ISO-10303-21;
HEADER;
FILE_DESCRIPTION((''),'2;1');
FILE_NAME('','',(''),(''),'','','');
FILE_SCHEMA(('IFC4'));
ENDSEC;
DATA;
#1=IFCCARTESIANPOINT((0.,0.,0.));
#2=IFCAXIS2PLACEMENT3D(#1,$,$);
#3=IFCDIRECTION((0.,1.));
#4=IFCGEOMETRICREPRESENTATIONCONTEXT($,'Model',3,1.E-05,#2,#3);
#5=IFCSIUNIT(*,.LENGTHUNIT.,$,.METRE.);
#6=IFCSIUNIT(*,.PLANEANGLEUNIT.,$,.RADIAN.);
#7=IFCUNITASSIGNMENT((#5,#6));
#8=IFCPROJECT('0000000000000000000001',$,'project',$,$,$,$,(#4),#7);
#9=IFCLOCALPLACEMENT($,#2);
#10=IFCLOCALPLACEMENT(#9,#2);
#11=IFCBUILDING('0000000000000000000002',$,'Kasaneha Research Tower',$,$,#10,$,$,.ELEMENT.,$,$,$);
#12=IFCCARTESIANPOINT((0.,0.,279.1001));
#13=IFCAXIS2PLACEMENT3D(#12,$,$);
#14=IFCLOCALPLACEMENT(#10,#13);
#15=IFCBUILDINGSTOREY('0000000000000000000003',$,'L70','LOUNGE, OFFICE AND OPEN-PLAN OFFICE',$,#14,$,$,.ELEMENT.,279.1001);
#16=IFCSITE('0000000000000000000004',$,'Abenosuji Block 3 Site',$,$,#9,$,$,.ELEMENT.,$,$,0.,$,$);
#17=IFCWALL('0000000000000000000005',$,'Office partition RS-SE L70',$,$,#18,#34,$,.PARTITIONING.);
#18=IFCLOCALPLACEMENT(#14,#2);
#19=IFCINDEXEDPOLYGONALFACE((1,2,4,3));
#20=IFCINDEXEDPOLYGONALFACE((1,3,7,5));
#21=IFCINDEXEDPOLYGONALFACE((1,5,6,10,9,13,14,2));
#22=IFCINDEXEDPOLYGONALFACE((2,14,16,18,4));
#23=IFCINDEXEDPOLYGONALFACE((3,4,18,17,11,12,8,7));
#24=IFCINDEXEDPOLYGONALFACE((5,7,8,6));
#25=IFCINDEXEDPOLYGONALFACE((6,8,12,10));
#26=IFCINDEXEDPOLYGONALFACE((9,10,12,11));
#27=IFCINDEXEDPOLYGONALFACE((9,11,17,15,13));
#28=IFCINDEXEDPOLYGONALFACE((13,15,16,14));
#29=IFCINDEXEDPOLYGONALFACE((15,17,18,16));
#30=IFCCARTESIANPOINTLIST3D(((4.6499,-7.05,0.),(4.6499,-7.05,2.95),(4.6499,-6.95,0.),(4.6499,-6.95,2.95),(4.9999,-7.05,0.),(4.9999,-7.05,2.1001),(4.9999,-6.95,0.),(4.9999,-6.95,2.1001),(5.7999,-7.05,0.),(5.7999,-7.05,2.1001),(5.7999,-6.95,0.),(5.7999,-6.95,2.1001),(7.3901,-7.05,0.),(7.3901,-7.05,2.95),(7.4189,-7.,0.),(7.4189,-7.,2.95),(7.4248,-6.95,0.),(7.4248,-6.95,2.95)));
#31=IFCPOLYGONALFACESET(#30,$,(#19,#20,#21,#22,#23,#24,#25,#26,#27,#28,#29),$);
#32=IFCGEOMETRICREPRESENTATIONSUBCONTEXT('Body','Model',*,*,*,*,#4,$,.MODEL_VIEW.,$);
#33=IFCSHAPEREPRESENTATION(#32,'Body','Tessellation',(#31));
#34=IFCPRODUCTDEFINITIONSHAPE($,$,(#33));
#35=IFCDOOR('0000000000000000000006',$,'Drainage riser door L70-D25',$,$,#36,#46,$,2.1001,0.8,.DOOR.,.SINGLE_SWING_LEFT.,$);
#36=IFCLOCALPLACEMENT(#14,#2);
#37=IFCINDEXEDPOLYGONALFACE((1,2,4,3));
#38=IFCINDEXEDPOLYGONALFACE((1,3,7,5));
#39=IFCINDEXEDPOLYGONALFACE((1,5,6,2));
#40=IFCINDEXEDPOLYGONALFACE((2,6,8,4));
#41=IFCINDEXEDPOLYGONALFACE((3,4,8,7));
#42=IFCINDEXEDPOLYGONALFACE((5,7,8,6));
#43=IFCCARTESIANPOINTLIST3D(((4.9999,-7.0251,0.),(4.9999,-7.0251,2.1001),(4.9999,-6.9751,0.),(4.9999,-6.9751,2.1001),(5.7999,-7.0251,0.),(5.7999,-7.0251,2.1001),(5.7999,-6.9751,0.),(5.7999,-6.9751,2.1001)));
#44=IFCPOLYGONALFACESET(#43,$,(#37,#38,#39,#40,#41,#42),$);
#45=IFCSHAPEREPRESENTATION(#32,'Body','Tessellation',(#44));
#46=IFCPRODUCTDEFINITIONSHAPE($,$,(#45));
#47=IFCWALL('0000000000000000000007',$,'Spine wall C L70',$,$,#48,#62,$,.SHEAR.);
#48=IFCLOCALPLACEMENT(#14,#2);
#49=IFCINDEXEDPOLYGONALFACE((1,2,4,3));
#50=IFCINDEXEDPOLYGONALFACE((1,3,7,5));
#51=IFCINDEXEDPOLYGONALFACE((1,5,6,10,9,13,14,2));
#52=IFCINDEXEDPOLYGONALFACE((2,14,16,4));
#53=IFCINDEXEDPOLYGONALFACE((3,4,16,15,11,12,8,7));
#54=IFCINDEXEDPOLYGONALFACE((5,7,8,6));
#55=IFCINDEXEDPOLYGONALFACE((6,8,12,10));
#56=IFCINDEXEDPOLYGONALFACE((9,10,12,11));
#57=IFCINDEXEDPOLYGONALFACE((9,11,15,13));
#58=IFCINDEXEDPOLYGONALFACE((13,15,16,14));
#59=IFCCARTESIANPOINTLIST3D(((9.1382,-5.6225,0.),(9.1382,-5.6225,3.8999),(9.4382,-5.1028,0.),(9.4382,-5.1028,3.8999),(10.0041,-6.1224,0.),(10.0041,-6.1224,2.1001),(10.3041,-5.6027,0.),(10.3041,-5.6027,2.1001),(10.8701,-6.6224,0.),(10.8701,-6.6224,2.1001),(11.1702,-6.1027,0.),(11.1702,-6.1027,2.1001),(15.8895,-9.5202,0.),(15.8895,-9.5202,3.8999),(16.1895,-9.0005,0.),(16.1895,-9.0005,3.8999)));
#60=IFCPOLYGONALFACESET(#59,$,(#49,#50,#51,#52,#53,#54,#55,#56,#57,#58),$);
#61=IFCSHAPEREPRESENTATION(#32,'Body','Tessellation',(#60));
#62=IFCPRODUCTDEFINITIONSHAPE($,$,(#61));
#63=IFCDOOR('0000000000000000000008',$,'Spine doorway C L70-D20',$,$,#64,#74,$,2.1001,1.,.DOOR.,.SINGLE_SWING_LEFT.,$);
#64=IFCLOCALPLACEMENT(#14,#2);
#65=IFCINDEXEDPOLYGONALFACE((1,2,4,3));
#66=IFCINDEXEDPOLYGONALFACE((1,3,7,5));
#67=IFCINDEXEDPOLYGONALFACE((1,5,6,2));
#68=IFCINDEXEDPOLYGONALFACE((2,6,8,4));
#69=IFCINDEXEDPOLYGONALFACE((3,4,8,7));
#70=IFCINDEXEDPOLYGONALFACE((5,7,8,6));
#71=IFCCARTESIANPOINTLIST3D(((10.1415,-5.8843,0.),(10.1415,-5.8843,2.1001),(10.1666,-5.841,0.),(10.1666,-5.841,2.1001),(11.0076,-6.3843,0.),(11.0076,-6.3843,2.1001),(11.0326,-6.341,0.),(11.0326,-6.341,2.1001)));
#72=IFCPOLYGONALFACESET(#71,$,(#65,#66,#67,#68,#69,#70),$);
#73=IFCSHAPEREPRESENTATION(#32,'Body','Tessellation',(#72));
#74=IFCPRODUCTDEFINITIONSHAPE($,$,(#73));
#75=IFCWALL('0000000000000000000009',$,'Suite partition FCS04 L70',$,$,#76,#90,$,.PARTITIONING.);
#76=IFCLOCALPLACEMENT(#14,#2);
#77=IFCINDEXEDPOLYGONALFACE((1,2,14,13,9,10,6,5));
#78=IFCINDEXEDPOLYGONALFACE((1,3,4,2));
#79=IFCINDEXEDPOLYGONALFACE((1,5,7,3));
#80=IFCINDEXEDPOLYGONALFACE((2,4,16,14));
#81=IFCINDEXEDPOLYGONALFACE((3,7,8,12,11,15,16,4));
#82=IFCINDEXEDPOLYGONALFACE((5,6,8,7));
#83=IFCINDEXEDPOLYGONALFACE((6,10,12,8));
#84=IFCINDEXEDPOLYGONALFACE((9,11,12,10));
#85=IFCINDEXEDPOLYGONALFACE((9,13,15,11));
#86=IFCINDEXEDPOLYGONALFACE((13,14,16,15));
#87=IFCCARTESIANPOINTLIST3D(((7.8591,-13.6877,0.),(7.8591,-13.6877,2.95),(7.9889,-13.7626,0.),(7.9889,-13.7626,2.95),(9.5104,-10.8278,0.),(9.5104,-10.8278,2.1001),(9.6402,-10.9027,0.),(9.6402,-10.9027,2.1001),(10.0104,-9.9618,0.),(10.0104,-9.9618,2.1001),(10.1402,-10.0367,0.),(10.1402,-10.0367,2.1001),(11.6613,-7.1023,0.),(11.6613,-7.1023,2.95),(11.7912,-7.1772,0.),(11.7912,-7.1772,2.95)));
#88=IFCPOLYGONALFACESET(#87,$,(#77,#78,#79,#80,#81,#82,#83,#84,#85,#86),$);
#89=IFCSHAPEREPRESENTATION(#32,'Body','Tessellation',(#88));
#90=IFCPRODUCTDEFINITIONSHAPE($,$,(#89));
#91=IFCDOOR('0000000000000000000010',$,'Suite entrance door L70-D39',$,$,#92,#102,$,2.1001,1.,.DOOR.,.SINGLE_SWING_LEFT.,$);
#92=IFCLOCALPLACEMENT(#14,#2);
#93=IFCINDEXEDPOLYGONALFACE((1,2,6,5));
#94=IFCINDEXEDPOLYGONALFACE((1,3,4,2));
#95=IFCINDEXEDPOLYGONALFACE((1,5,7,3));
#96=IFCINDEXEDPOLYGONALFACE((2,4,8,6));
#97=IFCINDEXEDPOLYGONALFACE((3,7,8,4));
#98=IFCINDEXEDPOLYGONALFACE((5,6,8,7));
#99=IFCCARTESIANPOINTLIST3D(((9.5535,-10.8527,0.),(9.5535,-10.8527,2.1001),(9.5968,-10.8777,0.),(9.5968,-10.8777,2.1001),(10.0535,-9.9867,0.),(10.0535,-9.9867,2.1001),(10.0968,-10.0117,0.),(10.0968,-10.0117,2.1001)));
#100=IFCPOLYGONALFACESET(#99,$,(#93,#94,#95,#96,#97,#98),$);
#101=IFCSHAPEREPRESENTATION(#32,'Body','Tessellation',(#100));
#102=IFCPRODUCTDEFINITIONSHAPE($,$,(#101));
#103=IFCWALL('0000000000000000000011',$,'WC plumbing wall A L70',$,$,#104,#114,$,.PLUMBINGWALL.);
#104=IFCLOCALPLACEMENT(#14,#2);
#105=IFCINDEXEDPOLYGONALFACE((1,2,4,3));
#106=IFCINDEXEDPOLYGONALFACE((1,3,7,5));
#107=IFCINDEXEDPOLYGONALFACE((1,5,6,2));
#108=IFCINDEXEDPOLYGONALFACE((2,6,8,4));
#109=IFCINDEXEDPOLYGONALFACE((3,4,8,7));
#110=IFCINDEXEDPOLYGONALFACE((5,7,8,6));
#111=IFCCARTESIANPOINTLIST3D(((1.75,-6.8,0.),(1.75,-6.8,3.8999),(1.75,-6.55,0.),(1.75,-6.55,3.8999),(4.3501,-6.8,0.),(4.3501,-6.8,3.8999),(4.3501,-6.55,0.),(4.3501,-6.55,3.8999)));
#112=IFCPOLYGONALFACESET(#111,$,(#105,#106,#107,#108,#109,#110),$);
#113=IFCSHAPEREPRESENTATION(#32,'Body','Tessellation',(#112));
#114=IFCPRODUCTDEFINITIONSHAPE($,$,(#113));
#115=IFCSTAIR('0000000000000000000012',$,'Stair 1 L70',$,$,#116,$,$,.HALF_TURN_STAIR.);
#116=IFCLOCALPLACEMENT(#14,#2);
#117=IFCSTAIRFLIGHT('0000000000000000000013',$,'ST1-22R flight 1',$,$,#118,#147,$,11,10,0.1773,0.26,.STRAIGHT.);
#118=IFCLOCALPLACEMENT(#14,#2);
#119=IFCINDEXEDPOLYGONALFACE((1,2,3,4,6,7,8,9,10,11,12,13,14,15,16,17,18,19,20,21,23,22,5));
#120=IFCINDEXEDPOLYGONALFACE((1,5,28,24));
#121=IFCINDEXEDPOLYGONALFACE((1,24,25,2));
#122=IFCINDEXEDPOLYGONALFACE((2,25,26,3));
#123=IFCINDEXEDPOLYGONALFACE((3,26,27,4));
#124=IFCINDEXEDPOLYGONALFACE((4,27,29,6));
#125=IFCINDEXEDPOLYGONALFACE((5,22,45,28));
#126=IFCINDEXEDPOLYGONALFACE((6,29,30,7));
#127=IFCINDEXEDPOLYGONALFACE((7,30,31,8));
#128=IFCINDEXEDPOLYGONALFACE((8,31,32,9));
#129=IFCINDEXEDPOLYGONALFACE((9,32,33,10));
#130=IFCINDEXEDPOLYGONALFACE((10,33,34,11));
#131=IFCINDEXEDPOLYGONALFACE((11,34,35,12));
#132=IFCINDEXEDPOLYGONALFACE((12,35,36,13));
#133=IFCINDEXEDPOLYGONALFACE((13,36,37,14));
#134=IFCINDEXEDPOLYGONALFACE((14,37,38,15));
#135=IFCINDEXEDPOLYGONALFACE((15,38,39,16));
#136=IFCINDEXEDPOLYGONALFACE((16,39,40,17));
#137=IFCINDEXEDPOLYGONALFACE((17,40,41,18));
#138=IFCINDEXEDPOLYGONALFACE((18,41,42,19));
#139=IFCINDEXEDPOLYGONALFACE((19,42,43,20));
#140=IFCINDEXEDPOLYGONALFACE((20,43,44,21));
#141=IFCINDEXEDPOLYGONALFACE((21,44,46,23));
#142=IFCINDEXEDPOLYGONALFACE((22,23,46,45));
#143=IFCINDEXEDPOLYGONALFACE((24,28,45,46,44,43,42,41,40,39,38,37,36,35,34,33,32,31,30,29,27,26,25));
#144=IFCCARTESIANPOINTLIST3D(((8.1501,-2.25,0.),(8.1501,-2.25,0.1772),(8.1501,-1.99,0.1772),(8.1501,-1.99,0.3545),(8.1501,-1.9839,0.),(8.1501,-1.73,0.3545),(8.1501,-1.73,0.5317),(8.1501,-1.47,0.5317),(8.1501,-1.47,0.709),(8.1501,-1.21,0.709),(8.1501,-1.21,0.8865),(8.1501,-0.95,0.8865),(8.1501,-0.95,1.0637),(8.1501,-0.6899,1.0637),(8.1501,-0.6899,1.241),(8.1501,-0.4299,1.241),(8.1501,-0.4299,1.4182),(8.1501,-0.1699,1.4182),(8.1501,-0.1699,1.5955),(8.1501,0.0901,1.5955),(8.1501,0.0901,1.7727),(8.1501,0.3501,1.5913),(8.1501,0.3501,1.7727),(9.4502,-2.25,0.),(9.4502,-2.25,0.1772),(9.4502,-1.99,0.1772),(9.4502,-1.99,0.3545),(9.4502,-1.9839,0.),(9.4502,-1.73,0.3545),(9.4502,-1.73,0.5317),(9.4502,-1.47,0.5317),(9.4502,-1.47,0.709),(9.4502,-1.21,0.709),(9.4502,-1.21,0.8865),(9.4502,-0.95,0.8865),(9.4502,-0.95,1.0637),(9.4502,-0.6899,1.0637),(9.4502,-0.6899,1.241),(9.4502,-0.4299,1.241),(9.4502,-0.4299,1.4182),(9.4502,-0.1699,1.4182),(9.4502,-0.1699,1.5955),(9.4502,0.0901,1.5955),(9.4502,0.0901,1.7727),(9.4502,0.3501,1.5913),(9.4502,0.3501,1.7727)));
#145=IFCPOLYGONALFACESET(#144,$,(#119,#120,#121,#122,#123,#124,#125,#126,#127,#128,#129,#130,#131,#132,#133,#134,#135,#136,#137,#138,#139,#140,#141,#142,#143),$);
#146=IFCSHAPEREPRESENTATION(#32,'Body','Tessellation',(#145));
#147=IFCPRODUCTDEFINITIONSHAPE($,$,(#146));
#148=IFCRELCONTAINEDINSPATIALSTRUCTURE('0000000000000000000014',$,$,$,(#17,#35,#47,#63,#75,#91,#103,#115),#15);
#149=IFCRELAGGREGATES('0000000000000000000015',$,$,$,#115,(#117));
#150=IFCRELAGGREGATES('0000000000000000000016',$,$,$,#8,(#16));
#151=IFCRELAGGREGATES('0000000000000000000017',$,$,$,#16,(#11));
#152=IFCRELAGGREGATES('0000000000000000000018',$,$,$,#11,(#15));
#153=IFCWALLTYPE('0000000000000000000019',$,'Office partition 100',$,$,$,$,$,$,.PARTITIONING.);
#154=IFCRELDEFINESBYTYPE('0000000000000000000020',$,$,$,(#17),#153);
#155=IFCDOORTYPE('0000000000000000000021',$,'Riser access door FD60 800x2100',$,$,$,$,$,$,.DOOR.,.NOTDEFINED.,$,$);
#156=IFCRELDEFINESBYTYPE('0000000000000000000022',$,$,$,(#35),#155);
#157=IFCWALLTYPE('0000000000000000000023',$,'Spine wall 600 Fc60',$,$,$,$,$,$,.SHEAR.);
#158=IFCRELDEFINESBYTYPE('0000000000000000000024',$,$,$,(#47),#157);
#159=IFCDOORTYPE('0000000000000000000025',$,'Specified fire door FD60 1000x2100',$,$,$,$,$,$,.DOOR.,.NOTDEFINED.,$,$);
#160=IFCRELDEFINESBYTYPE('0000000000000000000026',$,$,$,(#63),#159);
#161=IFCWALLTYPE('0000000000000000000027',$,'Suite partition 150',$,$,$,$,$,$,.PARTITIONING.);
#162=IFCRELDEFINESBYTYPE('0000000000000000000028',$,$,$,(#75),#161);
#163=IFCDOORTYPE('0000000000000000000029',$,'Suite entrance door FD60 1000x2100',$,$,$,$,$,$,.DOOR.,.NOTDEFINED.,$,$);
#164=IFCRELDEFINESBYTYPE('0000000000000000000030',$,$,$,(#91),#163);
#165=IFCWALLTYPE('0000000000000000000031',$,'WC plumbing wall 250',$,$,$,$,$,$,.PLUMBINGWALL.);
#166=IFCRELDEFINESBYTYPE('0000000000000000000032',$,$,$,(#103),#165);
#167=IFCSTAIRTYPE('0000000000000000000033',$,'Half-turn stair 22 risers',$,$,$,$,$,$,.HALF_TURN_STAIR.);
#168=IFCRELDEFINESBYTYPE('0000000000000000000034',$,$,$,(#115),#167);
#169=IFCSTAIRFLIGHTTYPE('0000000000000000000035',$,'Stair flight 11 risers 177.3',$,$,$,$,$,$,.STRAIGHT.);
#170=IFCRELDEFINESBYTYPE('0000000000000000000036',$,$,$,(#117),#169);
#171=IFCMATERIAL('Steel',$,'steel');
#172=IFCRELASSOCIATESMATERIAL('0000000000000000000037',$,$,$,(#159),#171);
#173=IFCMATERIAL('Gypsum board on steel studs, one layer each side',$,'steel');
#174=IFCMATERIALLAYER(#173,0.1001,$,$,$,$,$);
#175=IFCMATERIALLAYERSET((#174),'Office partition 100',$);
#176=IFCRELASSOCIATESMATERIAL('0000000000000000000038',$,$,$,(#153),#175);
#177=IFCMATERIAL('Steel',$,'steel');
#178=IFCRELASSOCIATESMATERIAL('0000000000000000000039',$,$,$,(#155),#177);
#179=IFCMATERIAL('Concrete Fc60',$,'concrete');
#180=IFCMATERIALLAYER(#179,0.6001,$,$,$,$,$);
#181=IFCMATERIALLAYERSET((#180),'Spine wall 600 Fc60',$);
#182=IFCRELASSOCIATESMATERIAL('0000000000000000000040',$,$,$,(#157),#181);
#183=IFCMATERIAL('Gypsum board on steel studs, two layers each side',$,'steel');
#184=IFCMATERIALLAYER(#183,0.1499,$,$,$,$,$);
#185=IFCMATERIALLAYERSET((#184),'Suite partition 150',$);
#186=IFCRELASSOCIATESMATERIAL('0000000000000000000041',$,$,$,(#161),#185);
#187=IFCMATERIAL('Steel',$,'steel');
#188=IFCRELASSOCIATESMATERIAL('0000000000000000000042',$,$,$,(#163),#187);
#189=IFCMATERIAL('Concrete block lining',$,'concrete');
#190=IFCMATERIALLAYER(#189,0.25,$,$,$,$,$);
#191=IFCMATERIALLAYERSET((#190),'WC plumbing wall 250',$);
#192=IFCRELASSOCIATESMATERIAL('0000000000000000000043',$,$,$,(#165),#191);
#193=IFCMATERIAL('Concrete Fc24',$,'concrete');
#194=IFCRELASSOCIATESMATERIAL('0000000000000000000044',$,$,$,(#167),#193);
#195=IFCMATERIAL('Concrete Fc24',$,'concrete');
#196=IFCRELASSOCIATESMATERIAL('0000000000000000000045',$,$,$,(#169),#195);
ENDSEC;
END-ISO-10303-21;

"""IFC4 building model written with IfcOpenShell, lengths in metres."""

from ifc_helpers import new_model, si_unit, direction, frame, frame_2d, origin, place, context, subcontext, project, spatial, polyline, rectangle, outline, extrude, material, layer, layer_set, type_object, element, fill, aggregate, save


model = new_model("IFC4")

# Units and contexts
model_context = context("Model", 3, precision=1e-05, world=origin(), true_north=direction((0.0, 1.0)))
body_context = subcontext(model_context, "Body", "Model", "MODEL_VIEW")
ifc_project = project(units=[si_unit("LENGTHUNIT", "METRE"), si_unit("PLANEANGLEUNIT", "RADIAN")], contexts=[model_context])

# Site, building, storey
site_placement = place(None, origin())
site = spatial("IfcSite", under=ifc_project, at=site_placement, Name="Abenosuji Block 3 Site", CompositionType="ELEMENT", RefElevation=0.0)
building_placement = place(site_placement, origin())
building = spatial("IfcBuilding", under=site, at=building_placement, Name="Kasaneha Research Tower", CompositionType="ELEMENT")
storey_placement = place(building_placement, frame((0.0, 0.0, 279.1001)))
storey = spatial("IfcBuildingStorey", under=building, at=storey_placement, Name="L70", Description="LOUNGE, OFFICE AND OPEN-PLAN OFFICE", CompositionType="ELEMENT", Elevation=279.1001)

# Shared definitions
ifc_material_1 = material(Name="Steel", Category="steel")
door_type_1 = type_object("IfcDoorType", Name="Specified fire door FD60 1000x2100", OperationType="NOTDEFINED", PredefinedType="DOOR", material=ifc_material_1)

# Walls, openings, doors
ifc_material_2 = material(Name="Gypsum board on steel studs, one layer each side", Category="steel")
ifc_layer_1 = layer(ifc_material_2, 0.1001)
ifc_layer_set_1 = layer_set([ifc_layer_1], Name="Office partition 100")
wall_type_1 = type_object("IfcWallType", Name="Office partition 100", PredefinedType="PARTITIONING", material=ifc_layer_set_1)
wall_1_placement = place(storey_placement, frame((4.6499, -7.0, 0.0), z_axis=(0.0, 0.0, 1.0), x_axis=(1.0, 0.0, 0.0)))
wall_1 = element("IfcWall", 1, at=wall_1_placement, inside=storey, type_object=wall_type_1, Name="Office partition RS-SE L70", PredefinedType="PARTITIONING", context=body_context, shape_type="SweptSolid", body=[
    extrude(outline(polyline([(0.0, -0.05), (0.3501, -0.05), (1.1501, -0.05), (2.7402, -0.05), (2.769, 0.0), (2.7749, 0.05), (1.1501, 0.05), (0.3501, 0.05), (0.0, 0.05), (0.0, -0.05)])), origin(), (0.0, 0.0, 1.0), 2.95),
])
opening_1_placement = place(wall_1_placement, frame((0.3501, 0.0, 0.0)))
opening_1 = element("IfcOpeningElement", 2, at=opening_1_placement, cuts=wall_1, PredefinedType="OPENING", context=body_context, shape_type="SweptSolid", body=[
    extrude(rectangle(XDim=0.8, YDim=2.1001, at=frame_2d((0.3999, 1.05))), frame((0.0, 0.0601, 0.0), z_axis=(0.0, -1.0, 0.0), x_axis=(1.0, 0.0, 0.0)), (0.0, 0.0, 1.0), 0.1201),
])
ifc_material_3 = material(Name="Steel", Category="steel")
door_type_2 = type_object("IfcDoorType", Name="Riser access door FD60 800x2100", OperationType="NOTDEFINED", PredefinedType="DOOR", material=ifc_material_3)
door_1_placement = place(opening_1_placement, origin())
door_1 = element("IfcDoor", 3, at=door_1_placement, inside=storey, type_object=door_type_2, Name="Drainage riser door L70-D25", OperationType="SINGLE_SWING_LEFT", OverallHeight=2.1001, OverallWidth=0.8, PredefinedType="DOOR", context=body_context, shape_type="SweptSolid", body=[
    extrude(rectangle(XDim=0.8, YDim=2.1001, at=frame_2d((0.3999, 1.05))), frame((0.0, 0.0249, 0.0), z_axis=(0.0, -1.0, 0.0), x_axis=(1.0, 0.0, 0.0)), (0.0, 0.0, 1.0), 0.05),
])
fill(opening_1, door_1)
ifc_material_4 = material(Name="Concrete Fc60", Category="concrete")
ifc_layer_2 = layer(ifc_material_4, 0.6001)
ifc_layer_set_2 = layer_set([ifc_layer_2], Name="Spine wall 600 Fc60")
wall_type_2 = type_object("IfcWallType", Name="Spine wall 600 Fc60", PredefinedType="SHEAR", material=ifc_layer_set_2)
wall_2_placement = place(storey_placement, frame((9.2881, -5.3625, 0.0), z_axis=(0.0, 0.0, 1.0), x_axis=(0.866032, -0.499989, 0.0)))
wall_2 = element("IfcWall", 4, at=wall_2_placement, inside=storey, type_object=wall_type_2, Name="Spine wall C L70", PredefinedType="SHEAR", context=body_context, shape_type="SweptSolid", body=[
    extrude(rectangle(XDim=7.7957, YDim=0.6001, at=frame_2d((3.8979, 0.0))), origin(), (0.0, 0.0, 1.0), 3.8999),
])
opening_2_placement = place(wall_2_placement, frame((1.0, 0.0, 0.0)))
opening_2 = element("IfcOpeningElement", 5, at=opening_2_placement, cuts=wall_2, PredefinedType="OPENING", context=body_context, shape_type="SweptSolid", body=[
    extrude(rectangle(XDim=1.0, YDim=2.1001, at=frame_2d((0.5, 1.05))), frame((0.0, 0.3101, 0.0), z_axis=(0.0, -1.0, 0.0), x_axis=(1.0, 0.0, 0.0)), (0.0, 0.0, 1.0), 0.6201),
])
door_2_placement = place(opening_2_placement, origin())
door_2 = element("IfcDoor", 6, at=door_2_placement, inside=storey, type_object=door_type_1, Name="Spine doorway C L70-D20", OperationType="SINGLE_SWING_LEFT", OverallHeight=2.1001, OverallWidth=1.0, PredefinedType="DOOR", context=body_context, shape_type="SweptSolid", body=[
    extrude(rectangle(XDim=1.0, YDim=2.1001, at=frame_2d((0.5, 1.05))), frame((0.0, 0.0249, 0.0), z_axis=(0.0, -1.0, 0.0), x_axis=(1.0, 0.0, 0.0)), (0.0, 0.0, 1.0), 0.05),
])
fill(opening_2, door_2)
ifc_material_5 = material(Name="Gypsum board on steel studs, two layers each side", Category="steel")
ifc_layer_3 = layer(ifc_material_5, 0.1499)
ifc_layer_set_3 = layer_set([ifc_layer_3], Name="Suite partition 150")
wall_type_3 = type_object("IfcWallType", Name="Suite partition 150", PredefinedType="PARTITIONING", material=ifc_layer_set_3)
wall_3_placement = place(storey_placement, frame((11.7263, -7.1396, 0.0), z_axis=(0.0, 0.0, 1.0), x_axis=(-0.500013, -0.866018, 0.0)))
wall_3 = element("IfcWall", 7, at=wall_3_placement, inside=storey, type_object=wall_type_3, Name="Suite partition FCS04 L70", PredefinedType="PARTITIONING", context=body_context, shape_type="SweptSolid", body=[
    extrude(rectangle(XDim=7.6042, YDim=0.1499, at=frame_2d((3.8022, 0.0))), origin(), (0.0, 0.0, 1.0), 2.95),
])
opening_3_placement = place(wall_3_placement, frame((3.302, 0.0, 0.0)))
opening_3 = element("IfcOpeningElement", 8, at=opening_3_placement, cuts=wall_3, PredefinedType="OPENING", context=body_context, shape_type="SweptSolid", body=[
    extrude(rectangle(XDim=1.0, YDim=2.1001, at=frame_2d((0.5, 1.05))), frame((0.0, 0.085, 0.0), z_axis=(0.0, -1.0, 0.0), x_axis=(1.0, 0.0, 0.0)), (0.0, 0.0, 1.0), 0.1699),
])
ifc_material_6 = material(Name="Steel", Category="steel")
door_type_3 = type_object("IfcDoorType", Name="Suite entrance door FD60 1000x2100", OperationType="NOTDEFINED", PredefinedType="DOOR", material=ifc_material_6)
door_3_placement = place(opening_3_placement, origin())
door_3 = element("IfcDoor", 9, at=door_3_placement, inside=storey, type_object=door_type_3, Name="Suite entrance door L70-D39", OperationType="SINGLE_SWING_LEFT", OverallHeight=2.1001, OverallWidth=1.0, PredefinedType="DOOR", context=body_context, shape_type="SweptSolid", body=[
    extrude(rectangle(XDim=1.0, YDim=2.1001, at=frame_2d((0.5, 1.05))), frame((0.0, 0.0249, 0.0), z_axis=(0.0, -1.0, 0.0), x_axis=(1.0, 0.0, 0.0)), (0.0, 0.0, 1.0), 0.05),
])
fill(opening_3, door_3)

# Wall
ifc_material_7 = material(Name="Concrete block lining", Category="concrete")
ifc_layer_4 = layer(ifc_material_7, 0.25)
ifc_layer_set_4 = layer_set([ifc_layer_4], Name="WC plumbing wall 250")
wall_type_4 = type_object("IfcWallType", Name="WC plumbing wall 250", PredefinedType="PLUMBINGWALL", material=ifc_layer_set_4)
wall_4_placement = place(storey_placement, frame((1.75, -6.675, 0.0), z_axis=(0.0, 0.0, 1.0), x_axis=(1.0, 0.0, 0.0)))
element("IfcWall", 10, at=wall_4_placement, inside=storey, type_object=wall_type_4, Name="WC plumbing wall A L70", PredefinedType="PLUMBINGWALL", context=body_context, shape_type="SweptSolid", body=[
    extrude(rectangle(XDim=2.6001, YDim=0.25, at=frame_2d((1.3, 0.0))), origin(), (0.0, 0.0, 1.0), 3.8999),
])

# Stair, stair flight
ifc_material_8 = material(Name="Concrete Fc24", Category="concrete")
stair_type = type_object("IfcStairType", Name="Half-turn stair 22 risers", PredefinedType="HALF_TURN_STAIR", material=ifc_material_8)
stair_placement = place(storey_placement, origin())
stair = element("IfcStair", 11, at=stair_placement, inside=storey, type_object=stair_type, Name="Stair 1 L70", PredefinedType="HALF_TURN_STAIR")
ifc_material_9 = material(Name="Concrete Fc24", Category="concrete")
stair_flight_type = type_object("IfcStairFlightType", Name="Stair flight 11 risers 177.3", PredefinedType="STRAIGHT", material=ifc_material_9)
stair_flight_placement = place(storey_placement, frame((8.8, -2.25, 0.0), z_axis=(0.0, 0.0, 1.0), x_axis=(0.0, 1.0, 0.0)))
stair_flight = element("IfcStairFlight", 12, at=stair_flight_placement, type_object=stair_flight_type, Name="ST1-22R flight 1", NumberOfRisers=11, NumberOfTreads=10, PredefinedType="STRAIGHT", RiserHeight=0.1773, TreadLength=0.26, context=body_context, shape_type="SweptSolid", body=[
    extrude(outline(polyline([(0.0, 0.0), (0.0, 0.1772), (0.26, 0.1772), (0.26, 0.3545), (0.52, 0.3545), (0.52, 0.5317), (0.78, 0.5317), (0.78, 0.709), (1.04, 0.709), (1.04, 0.8865), (1.3, 0.8865), (1.3, 1.0637), (1.5601, 1.0637), (1.5601, 1.241), (1.8201, 1.241), (1.8201, 1.4182), (2.0801, 1.4182), (2.0801, 1.5955), (2.3401, 1.5955), (2.3401, 1.7727), (2.6001, 1.7727), (2.6001, 1.95), (2.6001, 1.5913), (0.2661, 0.0), (0.0, 0.0)])), frame((0.0, 0.6499, 0.0), z_axis=(0.0, -1.0, 0.0), x_axis=(1.0, 0.0, 0.0)), (0.0, 0.0, 1.0), 1.3),
])
aggregate(stair, [stair_flight])

save(model, "model.ifc")
